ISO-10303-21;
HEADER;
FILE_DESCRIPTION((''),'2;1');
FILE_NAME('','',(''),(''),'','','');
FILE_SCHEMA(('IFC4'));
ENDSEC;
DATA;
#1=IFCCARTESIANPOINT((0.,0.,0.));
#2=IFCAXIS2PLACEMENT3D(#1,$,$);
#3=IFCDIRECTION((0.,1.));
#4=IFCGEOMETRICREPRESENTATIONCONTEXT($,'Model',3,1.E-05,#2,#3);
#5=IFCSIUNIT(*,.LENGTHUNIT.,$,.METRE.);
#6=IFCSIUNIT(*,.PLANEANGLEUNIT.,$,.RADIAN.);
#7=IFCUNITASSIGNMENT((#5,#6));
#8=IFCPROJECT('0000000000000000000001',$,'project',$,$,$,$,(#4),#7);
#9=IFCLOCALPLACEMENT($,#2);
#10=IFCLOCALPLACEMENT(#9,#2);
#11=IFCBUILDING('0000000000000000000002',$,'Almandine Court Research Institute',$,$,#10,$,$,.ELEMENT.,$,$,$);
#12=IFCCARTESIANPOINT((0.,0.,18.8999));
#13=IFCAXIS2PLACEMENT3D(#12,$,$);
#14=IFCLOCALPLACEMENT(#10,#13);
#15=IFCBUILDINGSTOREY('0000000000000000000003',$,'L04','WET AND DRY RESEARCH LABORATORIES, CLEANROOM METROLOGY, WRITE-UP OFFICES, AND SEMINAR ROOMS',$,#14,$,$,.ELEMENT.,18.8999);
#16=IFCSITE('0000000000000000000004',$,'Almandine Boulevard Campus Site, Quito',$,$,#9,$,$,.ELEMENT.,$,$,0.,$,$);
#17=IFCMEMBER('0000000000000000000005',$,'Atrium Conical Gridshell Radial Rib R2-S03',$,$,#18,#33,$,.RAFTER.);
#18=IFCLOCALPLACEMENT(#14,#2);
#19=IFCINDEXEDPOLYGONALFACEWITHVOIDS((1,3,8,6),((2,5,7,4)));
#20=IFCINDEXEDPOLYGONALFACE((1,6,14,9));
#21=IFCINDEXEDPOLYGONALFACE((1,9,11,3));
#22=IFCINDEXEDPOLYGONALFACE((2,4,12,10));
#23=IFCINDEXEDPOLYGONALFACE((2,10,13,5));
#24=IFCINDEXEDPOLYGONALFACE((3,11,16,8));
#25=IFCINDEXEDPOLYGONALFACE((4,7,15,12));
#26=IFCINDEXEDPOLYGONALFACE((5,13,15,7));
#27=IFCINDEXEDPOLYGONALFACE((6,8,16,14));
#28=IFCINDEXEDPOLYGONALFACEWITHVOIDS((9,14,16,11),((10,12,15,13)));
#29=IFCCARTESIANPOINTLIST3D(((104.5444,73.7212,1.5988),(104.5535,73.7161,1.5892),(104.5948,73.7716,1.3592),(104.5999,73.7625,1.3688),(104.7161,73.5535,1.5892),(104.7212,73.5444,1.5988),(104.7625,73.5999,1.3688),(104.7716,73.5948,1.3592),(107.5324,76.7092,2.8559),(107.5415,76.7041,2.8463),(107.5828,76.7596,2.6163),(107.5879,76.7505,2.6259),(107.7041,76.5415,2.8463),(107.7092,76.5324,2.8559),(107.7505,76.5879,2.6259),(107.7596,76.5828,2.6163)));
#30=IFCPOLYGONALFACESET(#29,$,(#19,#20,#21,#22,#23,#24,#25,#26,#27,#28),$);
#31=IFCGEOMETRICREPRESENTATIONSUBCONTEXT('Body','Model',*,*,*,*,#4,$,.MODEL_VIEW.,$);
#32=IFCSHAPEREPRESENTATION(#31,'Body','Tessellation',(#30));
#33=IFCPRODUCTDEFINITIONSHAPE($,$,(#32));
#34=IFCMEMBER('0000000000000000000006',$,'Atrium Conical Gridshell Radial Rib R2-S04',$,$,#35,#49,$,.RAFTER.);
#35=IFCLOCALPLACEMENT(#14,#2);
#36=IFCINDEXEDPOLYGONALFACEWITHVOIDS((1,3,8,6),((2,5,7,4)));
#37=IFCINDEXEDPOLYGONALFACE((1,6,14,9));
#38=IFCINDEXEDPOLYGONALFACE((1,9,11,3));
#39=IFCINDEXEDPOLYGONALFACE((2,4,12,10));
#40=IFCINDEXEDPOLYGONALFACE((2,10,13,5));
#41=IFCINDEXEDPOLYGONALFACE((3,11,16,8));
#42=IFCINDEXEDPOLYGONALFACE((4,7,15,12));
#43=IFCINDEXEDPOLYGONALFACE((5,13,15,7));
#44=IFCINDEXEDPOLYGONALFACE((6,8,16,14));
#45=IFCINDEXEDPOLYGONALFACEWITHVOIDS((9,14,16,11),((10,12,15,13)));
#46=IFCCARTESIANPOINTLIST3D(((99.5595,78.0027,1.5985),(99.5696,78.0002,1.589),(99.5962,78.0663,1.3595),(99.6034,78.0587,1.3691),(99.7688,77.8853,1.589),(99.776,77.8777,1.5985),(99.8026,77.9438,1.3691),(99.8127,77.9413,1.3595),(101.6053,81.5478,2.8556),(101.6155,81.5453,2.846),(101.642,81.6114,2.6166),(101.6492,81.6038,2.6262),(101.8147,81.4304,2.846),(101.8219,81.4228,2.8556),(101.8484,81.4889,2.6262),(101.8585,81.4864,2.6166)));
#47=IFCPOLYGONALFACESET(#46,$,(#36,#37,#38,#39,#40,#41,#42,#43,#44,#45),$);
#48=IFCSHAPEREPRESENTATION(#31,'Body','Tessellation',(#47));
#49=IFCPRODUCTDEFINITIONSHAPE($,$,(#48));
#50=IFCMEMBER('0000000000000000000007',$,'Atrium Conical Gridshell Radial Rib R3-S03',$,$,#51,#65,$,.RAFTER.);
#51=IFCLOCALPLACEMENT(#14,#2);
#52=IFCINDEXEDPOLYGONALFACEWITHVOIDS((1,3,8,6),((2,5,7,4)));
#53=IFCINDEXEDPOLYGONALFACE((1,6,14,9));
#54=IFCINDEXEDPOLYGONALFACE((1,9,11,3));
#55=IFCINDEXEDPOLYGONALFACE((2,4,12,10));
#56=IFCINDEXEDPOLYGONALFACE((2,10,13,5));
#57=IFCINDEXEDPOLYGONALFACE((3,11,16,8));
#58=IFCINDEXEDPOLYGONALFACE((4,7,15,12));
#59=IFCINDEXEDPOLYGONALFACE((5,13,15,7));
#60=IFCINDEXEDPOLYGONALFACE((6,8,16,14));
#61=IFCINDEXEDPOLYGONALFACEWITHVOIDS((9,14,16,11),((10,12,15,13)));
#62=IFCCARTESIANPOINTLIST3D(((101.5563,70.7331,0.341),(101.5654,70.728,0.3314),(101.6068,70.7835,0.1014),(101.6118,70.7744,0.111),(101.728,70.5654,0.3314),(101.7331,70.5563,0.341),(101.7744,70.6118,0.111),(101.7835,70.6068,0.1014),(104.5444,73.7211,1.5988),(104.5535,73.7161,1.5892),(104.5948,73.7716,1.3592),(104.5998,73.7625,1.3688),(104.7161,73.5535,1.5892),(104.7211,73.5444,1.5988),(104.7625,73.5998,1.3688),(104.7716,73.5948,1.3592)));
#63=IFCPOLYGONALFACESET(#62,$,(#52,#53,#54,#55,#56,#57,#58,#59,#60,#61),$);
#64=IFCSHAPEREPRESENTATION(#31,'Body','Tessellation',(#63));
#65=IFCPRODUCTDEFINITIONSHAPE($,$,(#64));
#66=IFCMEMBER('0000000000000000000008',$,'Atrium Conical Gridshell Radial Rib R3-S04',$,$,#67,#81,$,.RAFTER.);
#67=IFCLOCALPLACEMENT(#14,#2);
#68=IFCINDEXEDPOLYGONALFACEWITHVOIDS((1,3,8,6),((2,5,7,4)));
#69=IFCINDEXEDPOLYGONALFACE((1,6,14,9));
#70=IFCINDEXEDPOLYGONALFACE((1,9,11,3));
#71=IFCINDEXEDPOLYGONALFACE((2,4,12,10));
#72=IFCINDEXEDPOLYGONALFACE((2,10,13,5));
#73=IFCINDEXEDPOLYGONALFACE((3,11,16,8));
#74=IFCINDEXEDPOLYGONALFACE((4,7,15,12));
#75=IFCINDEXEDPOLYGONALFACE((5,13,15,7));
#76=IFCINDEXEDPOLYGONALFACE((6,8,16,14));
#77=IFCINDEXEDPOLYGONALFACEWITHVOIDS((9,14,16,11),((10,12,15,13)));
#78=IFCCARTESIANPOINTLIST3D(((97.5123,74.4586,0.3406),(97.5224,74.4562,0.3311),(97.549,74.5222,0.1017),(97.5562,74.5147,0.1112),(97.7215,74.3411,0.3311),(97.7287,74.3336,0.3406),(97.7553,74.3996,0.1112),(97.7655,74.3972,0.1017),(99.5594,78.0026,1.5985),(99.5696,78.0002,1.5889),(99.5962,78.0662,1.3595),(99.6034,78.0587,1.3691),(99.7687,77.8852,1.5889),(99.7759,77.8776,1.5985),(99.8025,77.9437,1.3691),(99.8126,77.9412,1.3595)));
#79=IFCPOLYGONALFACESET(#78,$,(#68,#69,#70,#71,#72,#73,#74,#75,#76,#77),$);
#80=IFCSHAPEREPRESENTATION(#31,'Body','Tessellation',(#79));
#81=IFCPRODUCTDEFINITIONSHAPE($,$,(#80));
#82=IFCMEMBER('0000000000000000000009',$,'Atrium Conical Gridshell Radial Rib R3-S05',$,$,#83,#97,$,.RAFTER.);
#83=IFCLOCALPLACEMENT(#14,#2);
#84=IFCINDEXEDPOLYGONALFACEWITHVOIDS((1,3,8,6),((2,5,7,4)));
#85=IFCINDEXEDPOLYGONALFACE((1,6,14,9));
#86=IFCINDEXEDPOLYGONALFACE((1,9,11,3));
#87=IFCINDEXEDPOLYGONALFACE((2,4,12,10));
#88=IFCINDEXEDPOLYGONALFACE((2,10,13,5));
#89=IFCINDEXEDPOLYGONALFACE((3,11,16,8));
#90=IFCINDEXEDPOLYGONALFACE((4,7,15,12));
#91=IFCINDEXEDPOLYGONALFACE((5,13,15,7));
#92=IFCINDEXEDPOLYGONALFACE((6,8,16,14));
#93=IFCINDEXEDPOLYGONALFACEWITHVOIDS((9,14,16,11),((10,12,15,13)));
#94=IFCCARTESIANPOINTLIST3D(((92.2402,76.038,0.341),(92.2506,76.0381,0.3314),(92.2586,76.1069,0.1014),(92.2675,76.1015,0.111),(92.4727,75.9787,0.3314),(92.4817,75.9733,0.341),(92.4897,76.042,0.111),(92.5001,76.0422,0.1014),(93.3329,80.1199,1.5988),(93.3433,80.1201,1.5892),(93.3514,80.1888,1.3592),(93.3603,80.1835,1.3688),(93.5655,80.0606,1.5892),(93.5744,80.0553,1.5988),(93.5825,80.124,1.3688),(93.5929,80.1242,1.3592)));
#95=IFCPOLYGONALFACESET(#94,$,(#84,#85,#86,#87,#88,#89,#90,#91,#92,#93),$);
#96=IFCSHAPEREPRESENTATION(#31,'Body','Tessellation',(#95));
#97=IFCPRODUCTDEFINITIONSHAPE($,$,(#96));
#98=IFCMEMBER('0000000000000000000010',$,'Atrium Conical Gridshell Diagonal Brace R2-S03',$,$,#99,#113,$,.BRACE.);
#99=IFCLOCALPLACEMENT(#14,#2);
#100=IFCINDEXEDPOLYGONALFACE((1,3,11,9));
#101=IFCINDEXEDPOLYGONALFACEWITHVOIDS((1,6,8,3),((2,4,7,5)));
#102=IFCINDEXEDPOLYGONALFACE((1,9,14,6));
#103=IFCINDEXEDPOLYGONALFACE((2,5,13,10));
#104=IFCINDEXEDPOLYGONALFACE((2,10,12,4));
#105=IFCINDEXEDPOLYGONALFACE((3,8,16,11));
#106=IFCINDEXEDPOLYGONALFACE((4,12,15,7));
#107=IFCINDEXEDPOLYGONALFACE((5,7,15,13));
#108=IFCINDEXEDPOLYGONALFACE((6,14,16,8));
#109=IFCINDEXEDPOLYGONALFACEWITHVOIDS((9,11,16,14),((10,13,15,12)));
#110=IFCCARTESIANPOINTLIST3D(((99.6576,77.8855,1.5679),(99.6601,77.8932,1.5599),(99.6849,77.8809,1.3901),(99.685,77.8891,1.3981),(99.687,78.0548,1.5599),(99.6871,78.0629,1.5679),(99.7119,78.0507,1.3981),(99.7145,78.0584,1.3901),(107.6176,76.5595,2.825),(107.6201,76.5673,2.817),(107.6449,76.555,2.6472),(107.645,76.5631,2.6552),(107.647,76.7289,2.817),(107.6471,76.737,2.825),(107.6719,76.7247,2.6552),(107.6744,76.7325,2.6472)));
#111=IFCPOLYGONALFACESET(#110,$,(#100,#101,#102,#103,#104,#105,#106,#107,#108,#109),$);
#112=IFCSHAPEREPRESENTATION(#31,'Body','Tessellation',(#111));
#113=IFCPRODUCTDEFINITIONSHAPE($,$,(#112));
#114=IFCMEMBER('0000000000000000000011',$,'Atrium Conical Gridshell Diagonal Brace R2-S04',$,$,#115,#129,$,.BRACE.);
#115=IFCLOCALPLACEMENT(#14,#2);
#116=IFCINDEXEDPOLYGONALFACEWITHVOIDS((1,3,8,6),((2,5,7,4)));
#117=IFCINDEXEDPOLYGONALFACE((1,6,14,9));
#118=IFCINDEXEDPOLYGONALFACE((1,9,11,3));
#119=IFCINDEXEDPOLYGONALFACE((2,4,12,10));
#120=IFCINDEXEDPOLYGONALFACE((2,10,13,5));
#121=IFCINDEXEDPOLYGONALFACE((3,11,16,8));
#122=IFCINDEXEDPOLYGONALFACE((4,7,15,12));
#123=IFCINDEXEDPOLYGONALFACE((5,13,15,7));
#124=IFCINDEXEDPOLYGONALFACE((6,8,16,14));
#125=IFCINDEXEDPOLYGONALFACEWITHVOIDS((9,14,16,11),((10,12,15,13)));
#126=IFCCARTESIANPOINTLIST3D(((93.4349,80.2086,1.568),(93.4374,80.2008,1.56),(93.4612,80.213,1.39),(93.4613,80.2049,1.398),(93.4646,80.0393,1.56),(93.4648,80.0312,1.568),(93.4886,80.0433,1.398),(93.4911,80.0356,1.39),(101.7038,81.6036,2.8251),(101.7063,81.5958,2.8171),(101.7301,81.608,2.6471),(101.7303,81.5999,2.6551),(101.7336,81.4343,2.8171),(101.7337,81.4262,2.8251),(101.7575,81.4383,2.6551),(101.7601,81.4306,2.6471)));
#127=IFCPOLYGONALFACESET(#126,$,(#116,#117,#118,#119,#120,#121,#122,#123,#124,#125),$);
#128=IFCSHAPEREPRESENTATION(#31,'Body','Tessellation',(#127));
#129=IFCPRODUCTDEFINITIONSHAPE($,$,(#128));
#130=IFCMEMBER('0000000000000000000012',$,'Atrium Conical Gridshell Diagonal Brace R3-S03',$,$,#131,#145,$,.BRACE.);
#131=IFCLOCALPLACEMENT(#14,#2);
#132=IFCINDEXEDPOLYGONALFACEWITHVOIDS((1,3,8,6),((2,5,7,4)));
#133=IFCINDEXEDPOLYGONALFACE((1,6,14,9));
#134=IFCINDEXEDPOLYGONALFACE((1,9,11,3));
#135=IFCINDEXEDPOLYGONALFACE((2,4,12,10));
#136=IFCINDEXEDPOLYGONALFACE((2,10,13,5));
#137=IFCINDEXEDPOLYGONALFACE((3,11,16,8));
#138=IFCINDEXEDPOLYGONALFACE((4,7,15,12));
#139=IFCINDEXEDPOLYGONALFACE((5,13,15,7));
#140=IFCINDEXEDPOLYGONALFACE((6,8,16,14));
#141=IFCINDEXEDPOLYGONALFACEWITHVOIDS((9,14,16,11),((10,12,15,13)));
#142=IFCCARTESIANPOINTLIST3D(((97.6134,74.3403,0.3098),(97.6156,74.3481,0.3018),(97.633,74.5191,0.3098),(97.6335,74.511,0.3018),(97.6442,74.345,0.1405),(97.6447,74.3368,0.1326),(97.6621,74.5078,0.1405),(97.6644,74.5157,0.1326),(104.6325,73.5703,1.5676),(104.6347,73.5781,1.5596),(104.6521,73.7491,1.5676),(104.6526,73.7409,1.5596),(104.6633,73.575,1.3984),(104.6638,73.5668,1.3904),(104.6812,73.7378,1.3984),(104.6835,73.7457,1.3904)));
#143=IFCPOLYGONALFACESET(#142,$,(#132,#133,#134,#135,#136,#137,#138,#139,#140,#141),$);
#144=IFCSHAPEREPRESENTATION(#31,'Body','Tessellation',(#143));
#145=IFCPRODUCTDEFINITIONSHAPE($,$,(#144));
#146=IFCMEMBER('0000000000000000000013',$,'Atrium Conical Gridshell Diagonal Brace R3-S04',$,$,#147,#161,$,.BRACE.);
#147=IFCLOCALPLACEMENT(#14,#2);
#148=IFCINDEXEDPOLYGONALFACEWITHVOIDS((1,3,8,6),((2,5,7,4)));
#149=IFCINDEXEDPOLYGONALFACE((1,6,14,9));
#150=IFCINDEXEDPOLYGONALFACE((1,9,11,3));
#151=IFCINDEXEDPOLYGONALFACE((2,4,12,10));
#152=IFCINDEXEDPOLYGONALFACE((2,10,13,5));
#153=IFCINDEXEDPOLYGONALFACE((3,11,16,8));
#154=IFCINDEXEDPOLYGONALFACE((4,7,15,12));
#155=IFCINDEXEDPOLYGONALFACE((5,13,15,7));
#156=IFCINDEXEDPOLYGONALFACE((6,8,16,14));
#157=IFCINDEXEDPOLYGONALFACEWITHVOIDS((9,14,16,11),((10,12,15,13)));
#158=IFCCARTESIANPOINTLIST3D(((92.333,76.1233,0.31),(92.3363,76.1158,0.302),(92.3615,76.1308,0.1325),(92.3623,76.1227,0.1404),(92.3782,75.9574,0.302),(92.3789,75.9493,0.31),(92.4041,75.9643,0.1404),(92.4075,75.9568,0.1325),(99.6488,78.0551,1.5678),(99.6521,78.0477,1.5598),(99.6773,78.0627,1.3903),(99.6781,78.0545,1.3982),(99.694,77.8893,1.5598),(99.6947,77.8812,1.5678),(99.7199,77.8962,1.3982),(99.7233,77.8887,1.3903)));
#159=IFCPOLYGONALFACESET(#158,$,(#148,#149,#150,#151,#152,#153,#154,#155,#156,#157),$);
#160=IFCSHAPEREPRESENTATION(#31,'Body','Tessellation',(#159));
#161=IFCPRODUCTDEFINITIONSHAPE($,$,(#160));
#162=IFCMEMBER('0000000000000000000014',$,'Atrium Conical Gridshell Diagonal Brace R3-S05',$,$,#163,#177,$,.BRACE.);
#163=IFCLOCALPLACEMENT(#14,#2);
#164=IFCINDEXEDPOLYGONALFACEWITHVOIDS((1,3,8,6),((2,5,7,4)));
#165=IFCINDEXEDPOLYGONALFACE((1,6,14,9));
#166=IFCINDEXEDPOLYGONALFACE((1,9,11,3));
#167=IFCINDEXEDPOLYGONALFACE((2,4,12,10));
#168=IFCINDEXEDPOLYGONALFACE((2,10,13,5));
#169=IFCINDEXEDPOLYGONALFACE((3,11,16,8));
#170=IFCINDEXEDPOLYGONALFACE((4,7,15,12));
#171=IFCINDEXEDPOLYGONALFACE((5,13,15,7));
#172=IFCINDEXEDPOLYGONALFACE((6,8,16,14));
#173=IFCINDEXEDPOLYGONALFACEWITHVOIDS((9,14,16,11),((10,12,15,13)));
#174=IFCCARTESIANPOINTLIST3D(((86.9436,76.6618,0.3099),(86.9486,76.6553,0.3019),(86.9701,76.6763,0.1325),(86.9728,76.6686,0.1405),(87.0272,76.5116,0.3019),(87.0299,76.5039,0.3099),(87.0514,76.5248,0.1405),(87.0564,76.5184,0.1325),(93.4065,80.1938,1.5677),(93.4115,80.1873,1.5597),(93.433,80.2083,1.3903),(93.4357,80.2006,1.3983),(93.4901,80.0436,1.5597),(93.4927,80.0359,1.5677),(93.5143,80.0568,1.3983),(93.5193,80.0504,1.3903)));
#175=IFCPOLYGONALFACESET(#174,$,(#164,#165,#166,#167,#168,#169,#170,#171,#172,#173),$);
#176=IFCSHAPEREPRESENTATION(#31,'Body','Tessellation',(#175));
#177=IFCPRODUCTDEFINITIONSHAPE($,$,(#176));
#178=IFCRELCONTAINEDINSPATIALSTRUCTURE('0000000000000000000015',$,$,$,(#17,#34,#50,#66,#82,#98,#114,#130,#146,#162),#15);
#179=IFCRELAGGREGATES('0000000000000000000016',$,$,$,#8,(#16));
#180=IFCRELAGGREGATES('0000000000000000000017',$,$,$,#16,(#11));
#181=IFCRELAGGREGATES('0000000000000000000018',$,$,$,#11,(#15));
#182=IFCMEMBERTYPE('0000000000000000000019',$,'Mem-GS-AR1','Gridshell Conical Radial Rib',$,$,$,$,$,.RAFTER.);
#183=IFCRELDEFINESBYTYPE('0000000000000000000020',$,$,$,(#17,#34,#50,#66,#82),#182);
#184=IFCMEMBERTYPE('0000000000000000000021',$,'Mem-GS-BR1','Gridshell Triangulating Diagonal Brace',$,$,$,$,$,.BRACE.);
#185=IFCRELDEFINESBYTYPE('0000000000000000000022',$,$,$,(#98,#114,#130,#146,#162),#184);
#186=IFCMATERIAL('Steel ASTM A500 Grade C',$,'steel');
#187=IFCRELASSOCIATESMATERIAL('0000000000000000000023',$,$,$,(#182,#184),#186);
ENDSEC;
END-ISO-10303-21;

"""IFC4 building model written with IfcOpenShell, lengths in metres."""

from ifc_helpers import new_model, si_unit, direction, frame, origin, origin_2d, place, context, subcontext, project, spatial, hollow_rectangle, extrude, material, material_profile, profile_set, type_object, element, save


model = new_model("IFC4")

# Units and contexts
model_context = context("Model", 3, precision=1e-05, world=origin(), true_north=direction((0.0, 1.0)))
body_context = subcontext(model_context, "Body", "Model", "MODEL_VIEW")
ifc_project = project(units=[si_unit("LENGTHUNIT", "METRE"), si_unit("PLANEANGLEUNIT", "RADIAN")], contexts=[model_context])

# Site, building, storey
site_placement = place(None, origin())
site = spatial("IfcSite", under=ifc_project, at=site_placement, Name="Almandine Boulevard Campus Site, Quito", CompositionType="ELEMENT", RefElevation=0.0)
building_placement = place(site_placement, origin())
building = spatial("IfcBuilding", under=site, at=building_placement, Name="Almandine Court Research Institute", CompositionType="ELEMENT")
storey_placement = place(building_placement, frame((0.0, 0.0, 18.8999)))
storey = spatial("IfcBuildingStorey", under=building, at=storey_placement, Name="L04", Description="WET AND DRY RESEARCH LABORATORIES, CLEANROOM METROLOGY, WRITE-UP OFFICES, AND SEMINAR ROOMS", CompositionType="ELEMENT", Elevation=18.8999)

# Members
ifc_material_1 = material(Name="Steel ASTM A500 Grade C", Category="steel")
ifc_material_profile_1 = material_profile(ifc_material_1, hollow_rectangle(XDim=0.25, YDim=0.25, WallThickness=0.01, at=origin_2d()), Name="HSS 250x250x10")
ifc_profile_set_1 = profile_set([ifc_material_profile_1], Name="Steel ASTM A500 Grade C")
member_type_1 = type_object("IfcMemberType", Name="Mem-GS-AR1", Description="Gridshell Conical Radial Rib", PredefinedType="RAFTER", material=ifc_profile_set_1)
member_1_placement = place(storey_placement, frame((107.646, 76.646, 2.7361), z_axis=(-0.677753, -0.677753, -0.285134), x_axis=(0.707107, -0.707107, 0.0)))
element("IfcMember", 1, at=member_1_placement, inside=storey, type_object=member_type_1, Name="Atrium Conical Gridshell Radial Rib R2-S03", PredefinedType="RAFTER", context=body_context, shape_type="SweptSolid", body=[
    extrude(hollow_rectangle(XDim=0.25, YDim=0.25, WallThickness=0.01, at=origin_2d()), origin(), (0.0, 0.0, 1.0), 4.4087),
])
member_2_placement = place(storey_placement, frame((101.7319, 81.5171, 2.7361), z_axis=(-0.477808, -0.827954, -0.293584), x_axis=(0.866121, -0.499834, 0.0)))
element("IfcMember", 2, at=member_2_placement, inside=storey, type_object=member_type_1, Name="Atrium Conical Gridshell Radial Rib R2-S04", PredefinedType="RAFTER", context=body_context, shape_type="SweptSolid", body=[
    extrude(hollow_rectangle(XDim=0.25, YDim=0.25, WallThickness=0.01, at=origin_2d()), origin(), (0.0, 0.0, 1.0), 4.2817),
])
member_3_placement = place(storey_placement, frame((104.658, 73.658, 1.479), z_axis=(-0.677721, -0.677721, -0.285286), x_axis=(0.707107, -0.707107, 0.0)))
element("IfcMember", 3, at=member_3_placement, inside=storey, type_object=member_type_1, Name="Atrium Conical Gridshell Radial Rib R3-S03", PredefinedType="RAFTER", context=body_context, shape_type="SweptSolid", body=[
    extrude(hollow_rectangle(XDim=0.25, YDim=0.25, WallThickness=0.01, at=origin_2d()), origin(), (0.0, 0.0, 1.0), 4.4089),
])
member_4_placement = place(storey_placement, frame((99.686, 77.9719, 1.479), z_axis=(-0.478117, -0.82771, -0.29377), x_axis=(0.865917, -0.500187, 0.0)))
element("IfcMember", 4, at=member_4_placement, inside=storey, type_object=member_type_1, Name="Atrium Conical Gridshell Radial Rib R3-S04", PredefinedType="RAFTER", context=body_context, shape_type="SweptSolid", body=[
    extrude(hollow_rectangle(XDim=0.25, YDim=0.25, WallThickness=0.01, at=origin_2d()), origin(), (0.0, 0.0, 1.0), 4.2817),
])
member_5_placement = place(storey_placement, frame((93.4629, 80.1221, 1.479), z_axis=(-0.247851, -0.925842, -0.285283), x_axis=(0.965985, -0.258597, 0.0)))
element("IfcMember", 5, at=member_5_placement, inside=storey, type_object=member_type_1, Name="Atrium Conical Gridshell Radial Rib R3-S05", PredefinedType="RAFTER", context=body_context, shape_type="SweptSolid", body=[
    extrude(hollow_rectangle(XDim=0.25, YDim=0.25, WallThickness=0.01, at=origin_2d()), origin(), (0.0, 0.0, 1.0), 4.4089),
])
ifc_material_profile_2 = material_profile(ifc_material_1, hollow_rectangle(XDim=0.1799, YDim=0.1799, WallThickness=0.0081, at=origin_2d()), Name="HSS 180x180x8")
ifc_profile_set_2 = profile_set([ifc_material_profile_2], Name="Steel ASTM A500 Grade C")
member_type_2 = type_object("IfcMemberType", Name="Mem-GS-BR1", Description="Gridshell Triangulating Diagonal Brace", PredefinedType="BRACE", material=ifc_profile_set_2)
member_6_placement = place(storey_placement, frame((107.646, 76.646, 2.7361), z_axis=(-0.974654, 0.162353, -0.153923), x_axis=(-0.164311, -0.986409, 0.0)))
element("IfcMember", 6, at=member_6_placement, inside=storey, type_object=member_type_2, Name="Atrium Conical Gridshell Diagonal Brace R2-S03", PredefinedType="BRACE", context=body_context, shape_type="SweptSolid", body=[
    extrude(hollow_rectangle(XDim=0.1799, YDim=0.1799, WallThickness=0.0081, at=origin_2d()), origin(), (0.0, 0.0, 1.0), 8.167),
])
member_7_placement = place(storey_placement, frame((101.7319, 81.5171, 2.7361), z_axis=(-0.97517, -0.164515, -0.148248), x_axis=(0.166353, -0.986066, 0.0)))
element("IfcMember", 7, at=member_7_placement, inside=storey, type_object=member_type_2, Name="Atrium Conical Gridshell Diagonal Brace R2-S04", PredefinedType="BRACE", context=body_context, shape_type="SweptSolid", body=[
    extrude(hollow_rectangle(XDim=0.1799, YDim=0.1799, WallThickness=0.0081, at=origin_2d()), origin(), (0.0, 0.0, 1.0), 8.4795),
])
member_8_placement = place(storey_placement, frame((104.658, 73.658, 1.479), z_axis=(-0.978631, 0.10736, -0.175371), x_axis=(-0.10905, -0.994036, 0.0)))
element("IfcMember", 8, at=member_8_placement, inside=storey, type_object=member_type_2, Name="Atrium Conical Gridshell Diagonal Brace R3-S03", PredefinedType="BRACE", context=body_context, shape_type="SweptSolid", body=[
    extrude(hollow_rectangle(XDim=0.1799, YDim=0.1799, WallThickness=0.0081, at=origin_2d()), origin(), (0.0, 0.0, 1.0), 7.1724),
])
member_9_placement = place(storey_placement, frame((99.686, 77.9719, 1.479), z_axis=(-0.95377, -0.251858, -0.16398), x_axis=(0.255314, -0.966858, 0.0)))
element("IfcMember", 9, at=member_9_placement, inside=storey, type_object=member_type_2, Name="Atrium Conical Gridshell Diagonal Brace R3-S04", PredefinedType="BRACE", context=body_context, shape_type="SweptSolid", body=[
    extrude(hollow_rectangle(XDim=0.1799, YDim=0.1799, WallThickness=0.0081, at=origin_2d()), origin(), (0.0, 0.0, 1.0), 7.6704),
])
member_10_placement = place(storey_placement, frame((93.4629, 80.1221, 1.479), z_axis=(-0.864985, -0.472716, -0.168344), x_axis=(0.47956, -0.877509, 0.0)))
element("IfcMember", 10, at=member_10_placement, inside=storey, type_object=member_type_2, Name="Atrium Conical Gridshell Diagonal Brace R3-S05", PredefinedType="BRACE", context=body_context, shape_type="SweptSolid", body=[
    extrude(hollow_rectangle(XDim=0.1799, YDim=0.1799, WallThickness=0.0081, at=origin_2d()), origin(), (0.0, 0.0, 1.0), 7.4717),
])

save(model, "model.ifc")
